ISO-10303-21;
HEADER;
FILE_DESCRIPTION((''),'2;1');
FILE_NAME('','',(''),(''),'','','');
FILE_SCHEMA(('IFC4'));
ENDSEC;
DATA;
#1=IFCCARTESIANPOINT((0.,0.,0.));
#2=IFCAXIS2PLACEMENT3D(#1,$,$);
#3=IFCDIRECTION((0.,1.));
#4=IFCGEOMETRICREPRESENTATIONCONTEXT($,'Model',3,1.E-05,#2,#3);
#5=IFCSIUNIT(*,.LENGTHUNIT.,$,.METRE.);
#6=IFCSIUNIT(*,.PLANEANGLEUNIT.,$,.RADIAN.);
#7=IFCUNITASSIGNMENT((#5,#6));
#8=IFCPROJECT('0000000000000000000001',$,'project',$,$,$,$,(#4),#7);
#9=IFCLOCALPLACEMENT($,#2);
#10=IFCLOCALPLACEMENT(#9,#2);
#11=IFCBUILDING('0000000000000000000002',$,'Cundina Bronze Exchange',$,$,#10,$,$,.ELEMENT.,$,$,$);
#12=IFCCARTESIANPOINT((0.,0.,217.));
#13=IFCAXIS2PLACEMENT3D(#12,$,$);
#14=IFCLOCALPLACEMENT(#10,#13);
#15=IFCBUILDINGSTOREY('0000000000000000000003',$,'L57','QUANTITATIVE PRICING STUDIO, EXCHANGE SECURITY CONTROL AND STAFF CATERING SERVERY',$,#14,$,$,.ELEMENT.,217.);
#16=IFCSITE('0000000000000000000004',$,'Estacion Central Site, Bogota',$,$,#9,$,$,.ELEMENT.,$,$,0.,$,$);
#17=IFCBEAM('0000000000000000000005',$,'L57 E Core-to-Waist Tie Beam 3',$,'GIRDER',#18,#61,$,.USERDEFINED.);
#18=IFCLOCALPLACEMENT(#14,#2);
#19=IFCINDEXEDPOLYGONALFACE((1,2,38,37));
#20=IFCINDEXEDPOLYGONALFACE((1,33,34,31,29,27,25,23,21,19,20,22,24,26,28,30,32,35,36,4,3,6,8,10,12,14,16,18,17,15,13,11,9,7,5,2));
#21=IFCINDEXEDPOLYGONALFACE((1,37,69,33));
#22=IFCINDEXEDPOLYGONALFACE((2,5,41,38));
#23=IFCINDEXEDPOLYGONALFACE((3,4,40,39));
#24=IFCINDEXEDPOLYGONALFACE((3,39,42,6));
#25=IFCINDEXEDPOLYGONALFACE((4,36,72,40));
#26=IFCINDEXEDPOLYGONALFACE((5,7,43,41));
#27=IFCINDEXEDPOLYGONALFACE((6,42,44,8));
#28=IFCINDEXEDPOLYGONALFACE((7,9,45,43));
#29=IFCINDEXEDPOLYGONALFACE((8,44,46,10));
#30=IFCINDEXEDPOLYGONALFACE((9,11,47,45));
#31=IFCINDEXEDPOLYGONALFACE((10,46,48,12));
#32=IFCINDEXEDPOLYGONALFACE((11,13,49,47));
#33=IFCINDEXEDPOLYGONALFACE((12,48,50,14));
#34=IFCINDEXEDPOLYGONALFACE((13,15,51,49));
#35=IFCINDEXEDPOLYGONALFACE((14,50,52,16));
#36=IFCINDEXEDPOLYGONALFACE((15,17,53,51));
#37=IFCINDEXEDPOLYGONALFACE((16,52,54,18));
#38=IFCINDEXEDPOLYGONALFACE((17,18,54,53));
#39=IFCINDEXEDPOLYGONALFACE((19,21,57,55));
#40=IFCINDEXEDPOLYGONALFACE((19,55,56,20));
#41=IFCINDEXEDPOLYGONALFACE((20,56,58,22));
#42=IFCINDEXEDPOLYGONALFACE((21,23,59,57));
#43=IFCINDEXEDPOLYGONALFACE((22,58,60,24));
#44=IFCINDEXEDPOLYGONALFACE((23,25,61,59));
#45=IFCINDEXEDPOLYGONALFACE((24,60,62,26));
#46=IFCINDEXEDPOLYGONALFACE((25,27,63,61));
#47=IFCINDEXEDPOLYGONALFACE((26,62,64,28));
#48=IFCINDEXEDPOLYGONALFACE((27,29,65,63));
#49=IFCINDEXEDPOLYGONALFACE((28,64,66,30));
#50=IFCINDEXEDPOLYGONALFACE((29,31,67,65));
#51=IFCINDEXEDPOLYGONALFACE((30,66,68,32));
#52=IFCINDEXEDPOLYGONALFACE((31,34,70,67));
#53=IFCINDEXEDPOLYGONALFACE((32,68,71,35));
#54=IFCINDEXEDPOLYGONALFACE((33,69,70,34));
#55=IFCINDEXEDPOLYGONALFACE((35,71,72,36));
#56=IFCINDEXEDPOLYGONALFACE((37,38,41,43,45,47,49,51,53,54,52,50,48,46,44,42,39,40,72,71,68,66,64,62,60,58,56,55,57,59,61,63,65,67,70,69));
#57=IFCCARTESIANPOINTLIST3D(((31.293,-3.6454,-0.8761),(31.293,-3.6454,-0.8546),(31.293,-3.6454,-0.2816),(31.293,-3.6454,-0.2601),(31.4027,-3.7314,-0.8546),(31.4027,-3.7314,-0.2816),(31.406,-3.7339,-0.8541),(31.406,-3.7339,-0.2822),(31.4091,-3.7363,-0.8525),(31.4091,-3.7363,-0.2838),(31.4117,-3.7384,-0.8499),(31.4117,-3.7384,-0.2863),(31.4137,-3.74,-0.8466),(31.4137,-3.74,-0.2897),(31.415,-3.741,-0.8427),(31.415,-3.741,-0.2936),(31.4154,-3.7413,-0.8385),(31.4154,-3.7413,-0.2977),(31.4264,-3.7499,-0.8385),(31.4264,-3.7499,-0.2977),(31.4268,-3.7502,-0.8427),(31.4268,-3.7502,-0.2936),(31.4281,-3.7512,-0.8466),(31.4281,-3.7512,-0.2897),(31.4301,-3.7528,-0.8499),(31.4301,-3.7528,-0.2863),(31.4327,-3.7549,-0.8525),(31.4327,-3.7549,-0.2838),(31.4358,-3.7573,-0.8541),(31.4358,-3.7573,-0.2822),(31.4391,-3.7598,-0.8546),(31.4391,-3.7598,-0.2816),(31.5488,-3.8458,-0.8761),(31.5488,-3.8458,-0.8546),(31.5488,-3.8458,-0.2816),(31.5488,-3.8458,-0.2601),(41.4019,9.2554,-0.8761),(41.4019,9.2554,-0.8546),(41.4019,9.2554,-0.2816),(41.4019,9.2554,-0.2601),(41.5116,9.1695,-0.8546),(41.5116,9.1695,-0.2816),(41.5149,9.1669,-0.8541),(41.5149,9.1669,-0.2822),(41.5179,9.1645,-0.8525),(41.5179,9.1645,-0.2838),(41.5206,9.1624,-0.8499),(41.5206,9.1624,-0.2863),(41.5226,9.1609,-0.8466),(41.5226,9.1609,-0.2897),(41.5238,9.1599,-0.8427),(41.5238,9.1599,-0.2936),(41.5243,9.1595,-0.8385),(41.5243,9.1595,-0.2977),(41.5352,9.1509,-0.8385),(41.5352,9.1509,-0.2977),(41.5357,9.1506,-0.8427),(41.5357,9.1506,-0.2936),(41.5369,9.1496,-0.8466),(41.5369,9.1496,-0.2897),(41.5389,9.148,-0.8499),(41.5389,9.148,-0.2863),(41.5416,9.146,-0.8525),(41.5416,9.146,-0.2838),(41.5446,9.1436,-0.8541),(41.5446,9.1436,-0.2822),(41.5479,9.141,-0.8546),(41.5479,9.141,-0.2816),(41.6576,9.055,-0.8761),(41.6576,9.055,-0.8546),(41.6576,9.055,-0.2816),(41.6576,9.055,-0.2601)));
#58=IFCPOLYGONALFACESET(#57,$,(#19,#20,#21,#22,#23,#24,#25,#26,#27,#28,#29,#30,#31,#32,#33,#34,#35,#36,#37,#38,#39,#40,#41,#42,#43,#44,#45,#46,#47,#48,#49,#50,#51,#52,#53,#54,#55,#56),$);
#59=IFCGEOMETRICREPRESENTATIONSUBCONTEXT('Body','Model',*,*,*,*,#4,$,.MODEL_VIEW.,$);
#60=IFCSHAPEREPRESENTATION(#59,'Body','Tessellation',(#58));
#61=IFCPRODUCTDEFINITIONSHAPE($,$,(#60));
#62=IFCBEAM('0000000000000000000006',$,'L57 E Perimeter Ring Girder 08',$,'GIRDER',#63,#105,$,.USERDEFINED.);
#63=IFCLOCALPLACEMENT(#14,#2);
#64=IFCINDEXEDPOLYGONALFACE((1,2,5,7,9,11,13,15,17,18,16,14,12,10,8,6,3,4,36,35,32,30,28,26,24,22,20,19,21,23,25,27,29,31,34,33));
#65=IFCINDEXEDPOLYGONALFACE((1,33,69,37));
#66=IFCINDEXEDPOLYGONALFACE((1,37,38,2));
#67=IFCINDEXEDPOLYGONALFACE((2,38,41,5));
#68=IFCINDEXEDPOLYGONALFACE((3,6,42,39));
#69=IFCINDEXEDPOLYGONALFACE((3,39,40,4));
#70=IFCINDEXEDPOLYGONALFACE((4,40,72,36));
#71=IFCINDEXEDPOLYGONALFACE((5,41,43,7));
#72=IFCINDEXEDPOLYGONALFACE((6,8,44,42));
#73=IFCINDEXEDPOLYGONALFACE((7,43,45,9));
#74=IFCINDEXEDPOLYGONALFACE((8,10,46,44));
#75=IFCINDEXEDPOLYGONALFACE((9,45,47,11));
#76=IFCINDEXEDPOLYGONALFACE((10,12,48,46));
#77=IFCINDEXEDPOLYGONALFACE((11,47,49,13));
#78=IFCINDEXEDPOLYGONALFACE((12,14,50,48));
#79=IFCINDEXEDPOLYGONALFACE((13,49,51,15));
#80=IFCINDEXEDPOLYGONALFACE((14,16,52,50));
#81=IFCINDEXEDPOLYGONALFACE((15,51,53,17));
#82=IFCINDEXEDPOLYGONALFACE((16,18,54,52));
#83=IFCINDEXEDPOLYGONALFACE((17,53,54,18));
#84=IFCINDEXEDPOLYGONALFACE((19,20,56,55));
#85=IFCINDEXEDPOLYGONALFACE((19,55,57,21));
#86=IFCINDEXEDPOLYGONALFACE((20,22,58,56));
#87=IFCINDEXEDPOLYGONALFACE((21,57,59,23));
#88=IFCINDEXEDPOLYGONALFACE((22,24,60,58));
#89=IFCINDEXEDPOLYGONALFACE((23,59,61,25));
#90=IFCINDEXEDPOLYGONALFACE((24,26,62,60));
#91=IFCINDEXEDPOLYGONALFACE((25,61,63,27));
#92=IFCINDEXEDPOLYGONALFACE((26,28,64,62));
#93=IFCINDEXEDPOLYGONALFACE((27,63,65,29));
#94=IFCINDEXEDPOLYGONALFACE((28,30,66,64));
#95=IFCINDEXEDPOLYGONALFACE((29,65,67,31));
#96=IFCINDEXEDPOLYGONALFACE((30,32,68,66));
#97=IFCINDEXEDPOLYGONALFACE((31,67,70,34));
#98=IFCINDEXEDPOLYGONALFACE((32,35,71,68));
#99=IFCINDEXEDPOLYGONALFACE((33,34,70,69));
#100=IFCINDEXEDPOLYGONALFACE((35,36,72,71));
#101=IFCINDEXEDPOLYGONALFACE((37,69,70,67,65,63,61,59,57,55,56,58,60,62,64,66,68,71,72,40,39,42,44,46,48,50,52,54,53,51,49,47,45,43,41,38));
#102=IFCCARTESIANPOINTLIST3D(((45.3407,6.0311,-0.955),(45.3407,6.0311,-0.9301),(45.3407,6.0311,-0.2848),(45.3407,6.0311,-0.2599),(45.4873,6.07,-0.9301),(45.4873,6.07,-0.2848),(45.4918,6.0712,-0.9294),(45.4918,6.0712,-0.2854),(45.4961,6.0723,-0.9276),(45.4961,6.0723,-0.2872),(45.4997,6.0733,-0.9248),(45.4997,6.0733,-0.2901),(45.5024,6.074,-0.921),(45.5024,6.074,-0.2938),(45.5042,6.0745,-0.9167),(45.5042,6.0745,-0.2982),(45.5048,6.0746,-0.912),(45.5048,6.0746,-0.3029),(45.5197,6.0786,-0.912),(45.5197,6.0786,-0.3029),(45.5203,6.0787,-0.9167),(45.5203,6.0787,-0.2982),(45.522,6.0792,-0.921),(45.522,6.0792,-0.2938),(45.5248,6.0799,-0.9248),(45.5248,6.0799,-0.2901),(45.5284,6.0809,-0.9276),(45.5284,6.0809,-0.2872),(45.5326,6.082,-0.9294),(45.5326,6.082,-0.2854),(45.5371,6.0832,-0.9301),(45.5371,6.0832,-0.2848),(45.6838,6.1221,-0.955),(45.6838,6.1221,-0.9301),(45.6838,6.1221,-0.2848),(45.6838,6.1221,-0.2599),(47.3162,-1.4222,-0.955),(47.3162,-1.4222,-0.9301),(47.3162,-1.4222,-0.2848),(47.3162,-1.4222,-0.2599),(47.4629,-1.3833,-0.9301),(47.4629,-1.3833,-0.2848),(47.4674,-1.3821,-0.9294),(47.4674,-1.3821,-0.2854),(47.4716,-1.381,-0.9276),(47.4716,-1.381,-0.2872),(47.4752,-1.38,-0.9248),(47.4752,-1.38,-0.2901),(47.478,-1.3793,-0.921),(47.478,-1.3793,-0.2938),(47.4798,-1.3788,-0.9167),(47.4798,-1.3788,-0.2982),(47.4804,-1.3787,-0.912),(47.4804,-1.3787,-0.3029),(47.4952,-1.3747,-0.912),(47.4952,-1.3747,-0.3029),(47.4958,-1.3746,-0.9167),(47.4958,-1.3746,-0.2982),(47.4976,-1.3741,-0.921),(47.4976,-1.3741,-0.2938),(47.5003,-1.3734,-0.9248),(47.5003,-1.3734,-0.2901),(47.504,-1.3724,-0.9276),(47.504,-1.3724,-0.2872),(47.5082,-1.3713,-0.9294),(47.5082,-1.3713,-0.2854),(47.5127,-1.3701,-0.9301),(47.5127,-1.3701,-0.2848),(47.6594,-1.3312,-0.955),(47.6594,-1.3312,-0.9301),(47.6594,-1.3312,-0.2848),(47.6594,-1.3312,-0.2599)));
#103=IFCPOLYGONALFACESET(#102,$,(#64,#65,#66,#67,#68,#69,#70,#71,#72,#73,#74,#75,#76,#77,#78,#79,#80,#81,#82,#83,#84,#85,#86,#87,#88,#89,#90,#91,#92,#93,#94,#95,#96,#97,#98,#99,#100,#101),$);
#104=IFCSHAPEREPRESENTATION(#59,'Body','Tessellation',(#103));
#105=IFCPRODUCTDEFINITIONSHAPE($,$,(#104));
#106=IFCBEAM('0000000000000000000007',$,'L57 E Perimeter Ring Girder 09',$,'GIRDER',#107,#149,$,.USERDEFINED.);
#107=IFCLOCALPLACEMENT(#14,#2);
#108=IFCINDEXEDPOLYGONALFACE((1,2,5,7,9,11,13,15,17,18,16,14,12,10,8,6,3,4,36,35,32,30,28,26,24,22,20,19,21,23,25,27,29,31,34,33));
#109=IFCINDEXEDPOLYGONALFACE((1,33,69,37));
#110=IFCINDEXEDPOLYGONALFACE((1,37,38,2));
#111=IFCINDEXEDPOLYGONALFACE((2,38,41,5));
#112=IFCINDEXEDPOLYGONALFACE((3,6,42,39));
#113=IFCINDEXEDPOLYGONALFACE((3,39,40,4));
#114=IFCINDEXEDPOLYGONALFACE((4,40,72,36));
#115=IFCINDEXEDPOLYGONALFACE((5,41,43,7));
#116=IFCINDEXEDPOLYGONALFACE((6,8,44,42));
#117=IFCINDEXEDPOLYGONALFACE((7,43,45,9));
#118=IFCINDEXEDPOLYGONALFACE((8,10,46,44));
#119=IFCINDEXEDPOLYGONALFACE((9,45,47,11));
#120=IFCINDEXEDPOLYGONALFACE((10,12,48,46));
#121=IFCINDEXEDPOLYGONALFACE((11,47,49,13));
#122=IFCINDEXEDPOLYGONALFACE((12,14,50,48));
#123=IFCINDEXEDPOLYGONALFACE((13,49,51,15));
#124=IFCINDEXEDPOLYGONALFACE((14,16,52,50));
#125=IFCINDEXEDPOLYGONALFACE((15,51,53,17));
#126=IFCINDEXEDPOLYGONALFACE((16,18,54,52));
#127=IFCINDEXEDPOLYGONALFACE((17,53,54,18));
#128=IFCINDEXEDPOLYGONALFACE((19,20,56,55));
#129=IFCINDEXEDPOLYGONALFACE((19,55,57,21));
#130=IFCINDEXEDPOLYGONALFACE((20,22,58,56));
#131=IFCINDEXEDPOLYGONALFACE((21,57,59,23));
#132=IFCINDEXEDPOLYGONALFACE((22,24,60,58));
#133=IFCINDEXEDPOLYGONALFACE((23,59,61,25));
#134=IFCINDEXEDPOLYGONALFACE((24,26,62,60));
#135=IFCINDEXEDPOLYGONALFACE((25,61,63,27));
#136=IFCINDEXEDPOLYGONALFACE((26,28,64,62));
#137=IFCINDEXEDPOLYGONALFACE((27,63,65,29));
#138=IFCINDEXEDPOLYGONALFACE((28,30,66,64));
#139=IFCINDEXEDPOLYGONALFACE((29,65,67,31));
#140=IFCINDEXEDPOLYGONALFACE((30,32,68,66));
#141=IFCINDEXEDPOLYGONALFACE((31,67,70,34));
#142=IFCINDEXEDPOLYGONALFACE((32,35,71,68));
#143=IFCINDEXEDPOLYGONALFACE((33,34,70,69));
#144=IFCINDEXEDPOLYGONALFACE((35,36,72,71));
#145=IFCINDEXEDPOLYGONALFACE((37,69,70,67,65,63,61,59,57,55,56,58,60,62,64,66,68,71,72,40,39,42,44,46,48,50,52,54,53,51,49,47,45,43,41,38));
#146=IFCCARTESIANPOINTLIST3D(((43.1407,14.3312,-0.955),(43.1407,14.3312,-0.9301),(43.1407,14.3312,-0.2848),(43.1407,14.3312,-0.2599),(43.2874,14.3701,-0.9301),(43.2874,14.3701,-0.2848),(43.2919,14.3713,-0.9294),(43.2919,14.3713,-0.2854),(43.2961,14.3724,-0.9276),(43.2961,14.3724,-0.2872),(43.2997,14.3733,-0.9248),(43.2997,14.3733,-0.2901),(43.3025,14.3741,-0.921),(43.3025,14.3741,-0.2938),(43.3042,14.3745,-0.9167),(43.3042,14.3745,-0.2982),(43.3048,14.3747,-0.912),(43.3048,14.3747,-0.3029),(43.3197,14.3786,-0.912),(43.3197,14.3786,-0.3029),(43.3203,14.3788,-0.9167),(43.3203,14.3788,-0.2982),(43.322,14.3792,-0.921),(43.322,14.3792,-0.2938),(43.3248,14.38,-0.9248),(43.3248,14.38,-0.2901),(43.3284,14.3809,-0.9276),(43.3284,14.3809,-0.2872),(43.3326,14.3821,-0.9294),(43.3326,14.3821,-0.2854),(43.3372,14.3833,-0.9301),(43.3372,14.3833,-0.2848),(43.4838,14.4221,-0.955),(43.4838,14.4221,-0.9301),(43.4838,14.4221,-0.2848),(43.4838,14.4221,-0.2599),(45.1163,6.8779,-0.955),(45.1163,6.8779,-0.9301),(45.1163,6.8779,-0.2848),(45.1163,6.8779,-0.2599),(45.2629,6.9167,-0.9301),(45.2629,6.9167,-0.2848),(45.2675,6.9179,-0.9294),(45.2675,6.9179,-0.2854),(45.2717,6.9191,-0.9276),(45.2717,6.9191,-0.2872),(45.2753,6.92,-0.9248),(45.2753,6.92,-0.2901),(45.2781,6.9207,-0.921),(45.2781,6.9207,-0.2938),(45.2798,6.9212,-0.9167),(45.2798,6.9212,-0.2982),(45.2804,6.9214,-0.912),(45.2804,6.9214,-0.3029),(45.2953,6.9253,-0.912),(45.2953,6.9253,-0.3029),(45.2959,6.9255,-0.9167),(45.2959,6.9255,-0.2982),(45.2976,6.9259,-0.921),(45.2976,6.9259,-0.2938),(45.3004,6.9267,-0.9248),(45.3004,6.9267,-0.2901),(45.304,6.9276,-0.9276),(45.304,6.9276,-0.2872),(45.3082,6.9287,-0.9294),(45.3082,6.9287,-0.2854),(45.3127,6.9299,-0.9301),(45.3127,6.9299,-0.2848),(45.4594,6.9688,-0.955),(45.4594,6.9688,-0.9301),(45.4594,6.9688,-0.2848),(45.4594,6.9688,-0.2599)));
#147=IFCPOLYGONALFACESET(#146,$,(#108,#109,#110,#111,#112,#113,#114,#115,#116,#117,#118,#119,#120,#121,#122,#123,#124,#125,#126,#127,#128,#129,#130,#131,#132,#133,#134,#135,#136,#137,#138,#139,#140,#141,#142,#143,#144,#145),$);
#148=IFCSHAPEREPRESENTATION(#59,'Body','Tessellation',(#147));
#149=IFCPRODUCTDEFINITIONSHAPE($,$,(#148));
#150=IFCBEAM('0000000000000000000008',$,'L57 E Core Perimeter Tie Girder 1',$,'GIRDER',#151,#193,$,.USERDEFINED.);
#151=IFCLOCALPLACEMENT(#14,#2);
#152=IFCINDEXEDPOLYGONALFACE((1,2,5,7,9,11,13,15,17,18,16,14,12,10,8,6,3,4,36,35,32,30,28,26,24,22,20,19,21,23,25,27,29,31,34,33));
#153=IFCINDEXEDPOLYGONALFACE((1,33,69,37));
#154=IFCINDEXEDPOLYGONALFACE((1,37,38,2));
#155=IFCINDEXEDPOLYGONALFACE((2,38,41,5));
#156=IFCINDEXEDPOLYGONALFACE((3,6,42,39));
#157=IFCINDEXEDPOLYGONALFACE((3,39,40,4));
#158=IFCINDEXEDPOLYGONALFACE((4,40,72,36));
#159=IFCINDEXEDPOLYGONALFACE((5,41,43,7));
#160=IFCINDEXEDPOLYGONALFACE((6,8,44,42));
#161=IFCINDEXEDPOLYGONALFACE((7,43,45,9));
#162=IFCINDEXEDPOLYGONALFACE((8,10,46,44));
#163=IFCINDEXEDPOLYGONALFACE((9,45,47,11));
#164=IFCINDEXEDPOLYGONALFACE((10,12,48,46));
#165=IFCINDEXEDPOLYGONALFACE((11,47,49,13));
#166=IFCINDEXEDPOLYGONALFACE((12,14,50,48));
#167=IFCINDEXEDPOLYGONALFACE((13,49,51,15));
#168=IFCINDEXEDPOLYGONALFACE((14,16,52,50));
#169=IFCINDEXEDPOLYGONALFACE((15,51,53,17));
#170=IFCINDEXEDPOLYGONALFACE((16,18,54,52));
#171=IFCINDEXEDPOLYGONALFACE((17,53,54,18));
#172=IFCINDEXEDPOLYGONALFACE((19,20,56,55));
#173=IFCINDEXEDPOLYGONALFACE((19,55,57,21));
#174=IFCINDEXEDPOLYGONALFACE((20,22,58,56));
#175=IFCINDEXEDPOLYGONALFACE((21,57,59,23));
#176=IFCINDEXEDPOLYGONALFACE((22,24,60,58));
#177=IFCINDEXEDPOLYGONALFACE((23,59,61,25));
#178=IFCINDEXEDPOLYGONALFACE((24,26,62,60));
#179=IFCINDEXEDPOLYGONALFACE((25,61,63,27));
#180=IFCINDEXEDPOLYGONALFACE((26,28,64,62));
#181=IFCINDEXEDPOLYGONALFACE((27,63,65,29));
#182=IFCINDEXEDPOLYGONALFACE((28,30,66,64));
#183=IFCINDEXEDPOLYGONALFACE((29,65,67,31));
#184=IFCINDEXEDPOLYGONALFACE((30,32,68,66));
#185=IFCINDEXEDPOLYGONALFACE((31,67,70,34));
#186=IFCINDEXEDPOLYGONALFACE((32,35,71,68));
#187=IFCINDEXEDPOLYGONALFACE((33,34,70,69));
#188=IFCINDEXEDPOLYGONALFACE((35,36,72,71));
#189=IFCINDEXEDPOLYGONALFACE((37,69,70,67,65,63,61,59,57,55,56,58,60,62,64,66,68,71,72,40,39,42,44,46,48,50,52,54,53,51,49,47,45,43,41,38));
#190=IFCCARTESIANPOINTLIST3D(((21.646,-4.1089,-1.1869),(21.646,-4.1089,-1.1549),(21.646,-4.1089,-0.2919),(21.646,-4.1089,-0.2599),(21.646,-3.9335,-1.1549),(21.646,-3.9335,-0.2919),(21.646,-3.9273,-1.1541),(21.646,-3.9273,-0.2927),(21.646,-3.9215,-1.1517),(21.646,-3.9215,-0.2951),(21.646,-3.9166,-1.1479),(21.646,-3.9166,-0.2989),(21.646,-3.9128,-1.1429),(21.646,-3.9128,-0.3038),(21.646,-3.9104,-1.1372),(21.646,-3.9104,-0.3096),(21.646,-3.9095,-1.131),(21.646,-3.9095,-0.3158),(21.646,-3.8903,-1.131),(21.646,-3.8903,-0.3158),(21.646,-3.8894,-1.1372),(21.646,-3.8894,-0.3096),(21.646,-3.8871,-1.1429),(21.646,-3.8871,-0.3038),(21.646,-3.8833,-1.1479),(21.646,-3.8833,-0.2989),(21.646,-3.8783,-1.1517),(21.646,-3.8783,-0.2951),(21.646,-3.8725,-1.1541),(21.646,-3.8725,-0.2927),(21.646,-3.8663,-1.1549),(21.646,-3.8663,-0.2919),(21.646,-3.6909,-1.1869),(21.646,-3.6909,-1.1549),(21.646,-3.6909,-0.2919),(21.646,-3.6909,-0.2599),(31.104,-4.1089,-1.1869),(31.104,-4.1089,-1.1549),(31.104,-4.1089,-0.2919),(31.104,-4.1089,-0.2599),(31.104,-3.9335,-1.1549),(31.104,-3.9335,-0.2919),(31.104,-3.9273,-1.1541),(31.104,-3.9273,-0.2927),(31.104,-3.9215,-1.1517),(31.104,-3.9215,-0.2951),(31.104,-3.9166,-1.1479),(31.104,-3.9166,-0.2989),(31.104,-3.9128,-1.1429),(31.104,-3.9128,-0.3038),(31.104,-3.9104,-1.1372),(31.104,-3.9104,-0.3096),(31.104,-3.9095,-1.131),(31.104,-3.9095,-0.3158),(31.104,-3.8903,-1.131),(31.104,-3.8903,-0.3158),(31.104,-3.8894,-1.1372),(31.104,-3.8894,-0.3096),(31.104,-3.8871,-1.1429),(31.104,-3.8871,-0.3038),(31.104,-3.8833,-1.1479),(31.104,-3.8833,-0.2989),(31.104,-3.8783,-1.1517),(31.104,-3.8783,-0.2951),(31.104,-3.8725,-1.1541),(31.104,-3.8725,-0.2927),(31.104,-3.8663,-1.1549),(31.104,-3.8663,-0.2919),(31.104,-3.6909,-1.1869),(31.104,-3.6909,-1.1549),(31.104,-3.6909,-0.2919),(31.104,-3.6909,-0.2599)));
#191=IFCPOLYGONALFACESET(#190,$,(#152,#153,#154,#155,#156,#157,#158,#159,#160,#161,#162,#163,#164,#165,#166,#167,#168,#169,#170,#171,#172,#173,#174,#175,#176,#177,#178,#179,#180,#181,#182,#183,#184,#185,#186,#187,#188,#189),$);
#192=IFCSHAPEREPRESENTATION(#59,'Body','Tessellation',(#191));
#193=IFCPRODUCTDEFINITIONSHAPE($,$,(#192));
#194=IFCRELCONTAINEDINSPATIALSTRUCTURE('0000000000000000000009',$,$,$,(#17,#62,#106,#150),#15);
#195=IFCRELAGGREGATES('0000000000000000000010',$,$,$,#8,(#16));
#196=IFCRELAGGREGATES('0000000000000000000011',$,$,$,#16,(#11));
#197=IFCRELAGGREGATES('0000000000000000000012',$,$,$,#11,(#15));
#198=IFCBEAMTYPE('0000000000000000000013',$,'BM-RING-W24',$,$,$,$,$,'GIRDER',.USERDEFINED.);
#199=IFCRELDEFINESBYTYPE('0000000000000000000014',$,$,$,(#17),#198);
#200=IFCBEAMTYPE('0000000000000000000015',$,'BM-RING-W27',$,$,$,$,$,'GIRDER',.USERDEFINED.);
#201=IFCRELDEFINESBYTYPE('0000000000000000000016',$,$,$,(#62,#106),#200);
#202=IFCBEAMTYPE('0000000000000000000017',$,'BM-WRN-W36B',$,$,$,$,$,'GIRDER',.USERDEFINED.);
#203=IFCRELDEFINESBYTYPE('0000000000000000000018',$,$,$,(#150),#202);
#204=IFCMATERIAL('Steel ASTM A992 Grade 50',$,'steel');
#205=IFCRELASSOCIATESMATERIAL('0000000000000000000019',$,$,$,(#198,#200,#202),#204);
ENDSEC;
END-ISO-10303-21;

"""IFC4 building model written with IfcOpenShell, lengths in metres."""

from ifc_helpers import new_model, si_unit, direction, frame, origin, origin_2d, place, context, subcontext, project, spatial, i_section, extrude, material, material_profile, profile_set, type_object, element, save


model = new_model("IFC4")

# Units and contexts
model_context = context("Model", 3, precision=1e-05, world=origin(), true_north=direction((0.0, 1.0)))
body_context = subcontext(model_context, "Body", "Model", "MODEL_VIEW")
ifc_project = project(units=[si_unit("LENGTHUNIT", "METRE"), si_unit("PLANEANGLEUNIT", "RADIAN")], contexts=[model_context])

# Site, building, storey
site_placement = place(None, origin())
site = spatial("IfcSite", under=ifc_project, at=site_placement, Name="Estacion Central Site, Bogota", CompositionType="ELEMENT", RefElevation=0.0)
building_placement = place(site_placement, origin())
building = spatial("IfcBuilding", under=site, at=building_placement, Name="Cundina Bronze Exchange", CompositionType="ELEMENT")
storey_placement = place(building_placement, frame((0.0, 0.0, 217.0)))
storey = spatial("IfcBuildingStorey", under=building, at=storey_placement, Name="L57", Description="QUANTITATIVE PRICING STUDIO, EXCHANGE SECURITY CONTROL AND STAFF CATERING SERVERY", CompositionType="ELEMENT", Elevation=217.0)

# Shared definitions
ifc_material_1 = material(Name="Steel ASTM A992 Grade 50", Category="steel")

# Beams
ifc_material_profile_1 = material_profile(ifc_material_1, i_section(OverallWidth=0.325, OverallDepth=0.616, WebThickness=0.0139, FlangeThickness=0.0215, FilletRadius=0.0161, at=origin_2d()), Name="W24X117", Category="steel")
ifc_profile_set_1 = profile_set([ifc_material_profile_1], Name="Steel ASTM A992 Grade 50")
beam_type_1 = type_object("IfcBeamType", Name="BM-RING-W24", ElementType="GIRDER", PredefinedType="USERDEFINED", material=ifc_profile_set_1)
beam_1_placement = place(storey_placement, frame((31.4209, -3.7456, -0.5681), z_axis=(0.616783, 0.787133, 0.0), x_axis=(-0.787133, 0.616783, 0.0)))
element("IfcBeam", 1, at=beam_1_placement, inside=storey, type_object=beam_type_1, Name="L57 E Core-to-Waist Tie Beam 3", ObjectType="GIRDER", PredefinedType="USERDEFINED", context=body_context, shape_type="SweptSolid", body=[
    extrude(i_section(OverallWidth=0.325, OverallDepth=0.616, WebThickness=0.0139, FlangeThickness=0.0215, FilletRadius=0.0161, at=origin_2d()), origin(), (0.0, 0.0, 1.0), 16.3896),
])
ifc_material_profile_2 = material_profile(ifc_material_1, i_section(OverallWidth=0.355, OverallDepth=0.6951, WebThickness=0.0154, FlangeThickness=0.0249, FilletRadius=0.0181, at=origin_2d()), Name="W27X146", Category="steel")
ifc_profile_set_2 = profile_set([ifc_material_profile_2], Name="Steel ASTM A992 Grade 50")
beam_type_2 = type_object("IfcBeamType", Name="BM-RING-W27", ElementType="GIRDER", PredefinedType="USERDEFINED", material=ifc_profile_set_2)
for number, where, z_axis, x_axis, name in (
    (2, (47.4878, -1.3767, -0.6074), (-0.256212, 0.966621, 0.0), (-0.966621, -0.256212, 0.0), "L57 E Perimeter Ring Girder 08"),
    (3, (45.2878, 6.9233, -0.6074), (-0.256212, 0.966621, 0.0), (-0.966621, -0.256212, 0.0), "L57 E Perimeter Ring Girder 09"),
):
    element("IfcBeam", number, at=place(storey_placement, frame(where, z_axis=z_axis, x_axis=x_axis)), inside=storey, type_object=beam_type_2, Name=name, ObjectType="GIRDER", PredefinedType="USERDEFINED", context=body_context, shape_type="SweptSolid", body=[
        extrude(i_section(OverallWidth=0.355, OverallDepth=0.6951, WebThickness=0.0154, FlangeThickness=0.0249, FilletRadius=0.0181, at=origin_2d()), origin(), (0.0, 0.0, 1.0), 7.7107),
    ])
ifc_material_profile_3 = material_profile(ifc_material_1, i_section(OverallWidth=0.418, OverallDepth=0.927, WebThickness=0.0193, FlangeThickness=0.032, FilletRadius=0.0239, at=origin_2d()), Name="W36X231", Category="steel")
ifc_profile_set_3 = profile_set([ifc_material_profile_3], Name="Steel ASTM A992 Grade 50")
beam_type_3 = type_object("IfcBeamType", Name="BM-WRN-W36B", ElementType="GIRDER", PredefinedType="USERDEFINED", material=ifc_profile_set_3)
beam_2_placement = place(storey_placement, frame((31.104, -3.8999, -0.7234), z_axis=(-1.0, 0.0, 0.0), x_axis=(0.0, -1.0, 0.0)))
element("IfcBeam", 4, at=beam_2_placement, inside=storey, type_object=beam_type_3, Name="L57 E Core Perimeter Tie Girder 1", ObjectType="GIRDER", PredefinedType="USERDEFINED", context=body_context, shape_type="SweptSolid", body=[
    extrude(i_section(OverallWidth=0.418, OverallDepth=0.927, WebThickness=0.0193, FlangeThickness=0.032, FilletRadius=0.0239, at=origin_2d()), origin(), (0.0, 0.0, 1.0), 9.458),
])

save(model, "model.ifc")
